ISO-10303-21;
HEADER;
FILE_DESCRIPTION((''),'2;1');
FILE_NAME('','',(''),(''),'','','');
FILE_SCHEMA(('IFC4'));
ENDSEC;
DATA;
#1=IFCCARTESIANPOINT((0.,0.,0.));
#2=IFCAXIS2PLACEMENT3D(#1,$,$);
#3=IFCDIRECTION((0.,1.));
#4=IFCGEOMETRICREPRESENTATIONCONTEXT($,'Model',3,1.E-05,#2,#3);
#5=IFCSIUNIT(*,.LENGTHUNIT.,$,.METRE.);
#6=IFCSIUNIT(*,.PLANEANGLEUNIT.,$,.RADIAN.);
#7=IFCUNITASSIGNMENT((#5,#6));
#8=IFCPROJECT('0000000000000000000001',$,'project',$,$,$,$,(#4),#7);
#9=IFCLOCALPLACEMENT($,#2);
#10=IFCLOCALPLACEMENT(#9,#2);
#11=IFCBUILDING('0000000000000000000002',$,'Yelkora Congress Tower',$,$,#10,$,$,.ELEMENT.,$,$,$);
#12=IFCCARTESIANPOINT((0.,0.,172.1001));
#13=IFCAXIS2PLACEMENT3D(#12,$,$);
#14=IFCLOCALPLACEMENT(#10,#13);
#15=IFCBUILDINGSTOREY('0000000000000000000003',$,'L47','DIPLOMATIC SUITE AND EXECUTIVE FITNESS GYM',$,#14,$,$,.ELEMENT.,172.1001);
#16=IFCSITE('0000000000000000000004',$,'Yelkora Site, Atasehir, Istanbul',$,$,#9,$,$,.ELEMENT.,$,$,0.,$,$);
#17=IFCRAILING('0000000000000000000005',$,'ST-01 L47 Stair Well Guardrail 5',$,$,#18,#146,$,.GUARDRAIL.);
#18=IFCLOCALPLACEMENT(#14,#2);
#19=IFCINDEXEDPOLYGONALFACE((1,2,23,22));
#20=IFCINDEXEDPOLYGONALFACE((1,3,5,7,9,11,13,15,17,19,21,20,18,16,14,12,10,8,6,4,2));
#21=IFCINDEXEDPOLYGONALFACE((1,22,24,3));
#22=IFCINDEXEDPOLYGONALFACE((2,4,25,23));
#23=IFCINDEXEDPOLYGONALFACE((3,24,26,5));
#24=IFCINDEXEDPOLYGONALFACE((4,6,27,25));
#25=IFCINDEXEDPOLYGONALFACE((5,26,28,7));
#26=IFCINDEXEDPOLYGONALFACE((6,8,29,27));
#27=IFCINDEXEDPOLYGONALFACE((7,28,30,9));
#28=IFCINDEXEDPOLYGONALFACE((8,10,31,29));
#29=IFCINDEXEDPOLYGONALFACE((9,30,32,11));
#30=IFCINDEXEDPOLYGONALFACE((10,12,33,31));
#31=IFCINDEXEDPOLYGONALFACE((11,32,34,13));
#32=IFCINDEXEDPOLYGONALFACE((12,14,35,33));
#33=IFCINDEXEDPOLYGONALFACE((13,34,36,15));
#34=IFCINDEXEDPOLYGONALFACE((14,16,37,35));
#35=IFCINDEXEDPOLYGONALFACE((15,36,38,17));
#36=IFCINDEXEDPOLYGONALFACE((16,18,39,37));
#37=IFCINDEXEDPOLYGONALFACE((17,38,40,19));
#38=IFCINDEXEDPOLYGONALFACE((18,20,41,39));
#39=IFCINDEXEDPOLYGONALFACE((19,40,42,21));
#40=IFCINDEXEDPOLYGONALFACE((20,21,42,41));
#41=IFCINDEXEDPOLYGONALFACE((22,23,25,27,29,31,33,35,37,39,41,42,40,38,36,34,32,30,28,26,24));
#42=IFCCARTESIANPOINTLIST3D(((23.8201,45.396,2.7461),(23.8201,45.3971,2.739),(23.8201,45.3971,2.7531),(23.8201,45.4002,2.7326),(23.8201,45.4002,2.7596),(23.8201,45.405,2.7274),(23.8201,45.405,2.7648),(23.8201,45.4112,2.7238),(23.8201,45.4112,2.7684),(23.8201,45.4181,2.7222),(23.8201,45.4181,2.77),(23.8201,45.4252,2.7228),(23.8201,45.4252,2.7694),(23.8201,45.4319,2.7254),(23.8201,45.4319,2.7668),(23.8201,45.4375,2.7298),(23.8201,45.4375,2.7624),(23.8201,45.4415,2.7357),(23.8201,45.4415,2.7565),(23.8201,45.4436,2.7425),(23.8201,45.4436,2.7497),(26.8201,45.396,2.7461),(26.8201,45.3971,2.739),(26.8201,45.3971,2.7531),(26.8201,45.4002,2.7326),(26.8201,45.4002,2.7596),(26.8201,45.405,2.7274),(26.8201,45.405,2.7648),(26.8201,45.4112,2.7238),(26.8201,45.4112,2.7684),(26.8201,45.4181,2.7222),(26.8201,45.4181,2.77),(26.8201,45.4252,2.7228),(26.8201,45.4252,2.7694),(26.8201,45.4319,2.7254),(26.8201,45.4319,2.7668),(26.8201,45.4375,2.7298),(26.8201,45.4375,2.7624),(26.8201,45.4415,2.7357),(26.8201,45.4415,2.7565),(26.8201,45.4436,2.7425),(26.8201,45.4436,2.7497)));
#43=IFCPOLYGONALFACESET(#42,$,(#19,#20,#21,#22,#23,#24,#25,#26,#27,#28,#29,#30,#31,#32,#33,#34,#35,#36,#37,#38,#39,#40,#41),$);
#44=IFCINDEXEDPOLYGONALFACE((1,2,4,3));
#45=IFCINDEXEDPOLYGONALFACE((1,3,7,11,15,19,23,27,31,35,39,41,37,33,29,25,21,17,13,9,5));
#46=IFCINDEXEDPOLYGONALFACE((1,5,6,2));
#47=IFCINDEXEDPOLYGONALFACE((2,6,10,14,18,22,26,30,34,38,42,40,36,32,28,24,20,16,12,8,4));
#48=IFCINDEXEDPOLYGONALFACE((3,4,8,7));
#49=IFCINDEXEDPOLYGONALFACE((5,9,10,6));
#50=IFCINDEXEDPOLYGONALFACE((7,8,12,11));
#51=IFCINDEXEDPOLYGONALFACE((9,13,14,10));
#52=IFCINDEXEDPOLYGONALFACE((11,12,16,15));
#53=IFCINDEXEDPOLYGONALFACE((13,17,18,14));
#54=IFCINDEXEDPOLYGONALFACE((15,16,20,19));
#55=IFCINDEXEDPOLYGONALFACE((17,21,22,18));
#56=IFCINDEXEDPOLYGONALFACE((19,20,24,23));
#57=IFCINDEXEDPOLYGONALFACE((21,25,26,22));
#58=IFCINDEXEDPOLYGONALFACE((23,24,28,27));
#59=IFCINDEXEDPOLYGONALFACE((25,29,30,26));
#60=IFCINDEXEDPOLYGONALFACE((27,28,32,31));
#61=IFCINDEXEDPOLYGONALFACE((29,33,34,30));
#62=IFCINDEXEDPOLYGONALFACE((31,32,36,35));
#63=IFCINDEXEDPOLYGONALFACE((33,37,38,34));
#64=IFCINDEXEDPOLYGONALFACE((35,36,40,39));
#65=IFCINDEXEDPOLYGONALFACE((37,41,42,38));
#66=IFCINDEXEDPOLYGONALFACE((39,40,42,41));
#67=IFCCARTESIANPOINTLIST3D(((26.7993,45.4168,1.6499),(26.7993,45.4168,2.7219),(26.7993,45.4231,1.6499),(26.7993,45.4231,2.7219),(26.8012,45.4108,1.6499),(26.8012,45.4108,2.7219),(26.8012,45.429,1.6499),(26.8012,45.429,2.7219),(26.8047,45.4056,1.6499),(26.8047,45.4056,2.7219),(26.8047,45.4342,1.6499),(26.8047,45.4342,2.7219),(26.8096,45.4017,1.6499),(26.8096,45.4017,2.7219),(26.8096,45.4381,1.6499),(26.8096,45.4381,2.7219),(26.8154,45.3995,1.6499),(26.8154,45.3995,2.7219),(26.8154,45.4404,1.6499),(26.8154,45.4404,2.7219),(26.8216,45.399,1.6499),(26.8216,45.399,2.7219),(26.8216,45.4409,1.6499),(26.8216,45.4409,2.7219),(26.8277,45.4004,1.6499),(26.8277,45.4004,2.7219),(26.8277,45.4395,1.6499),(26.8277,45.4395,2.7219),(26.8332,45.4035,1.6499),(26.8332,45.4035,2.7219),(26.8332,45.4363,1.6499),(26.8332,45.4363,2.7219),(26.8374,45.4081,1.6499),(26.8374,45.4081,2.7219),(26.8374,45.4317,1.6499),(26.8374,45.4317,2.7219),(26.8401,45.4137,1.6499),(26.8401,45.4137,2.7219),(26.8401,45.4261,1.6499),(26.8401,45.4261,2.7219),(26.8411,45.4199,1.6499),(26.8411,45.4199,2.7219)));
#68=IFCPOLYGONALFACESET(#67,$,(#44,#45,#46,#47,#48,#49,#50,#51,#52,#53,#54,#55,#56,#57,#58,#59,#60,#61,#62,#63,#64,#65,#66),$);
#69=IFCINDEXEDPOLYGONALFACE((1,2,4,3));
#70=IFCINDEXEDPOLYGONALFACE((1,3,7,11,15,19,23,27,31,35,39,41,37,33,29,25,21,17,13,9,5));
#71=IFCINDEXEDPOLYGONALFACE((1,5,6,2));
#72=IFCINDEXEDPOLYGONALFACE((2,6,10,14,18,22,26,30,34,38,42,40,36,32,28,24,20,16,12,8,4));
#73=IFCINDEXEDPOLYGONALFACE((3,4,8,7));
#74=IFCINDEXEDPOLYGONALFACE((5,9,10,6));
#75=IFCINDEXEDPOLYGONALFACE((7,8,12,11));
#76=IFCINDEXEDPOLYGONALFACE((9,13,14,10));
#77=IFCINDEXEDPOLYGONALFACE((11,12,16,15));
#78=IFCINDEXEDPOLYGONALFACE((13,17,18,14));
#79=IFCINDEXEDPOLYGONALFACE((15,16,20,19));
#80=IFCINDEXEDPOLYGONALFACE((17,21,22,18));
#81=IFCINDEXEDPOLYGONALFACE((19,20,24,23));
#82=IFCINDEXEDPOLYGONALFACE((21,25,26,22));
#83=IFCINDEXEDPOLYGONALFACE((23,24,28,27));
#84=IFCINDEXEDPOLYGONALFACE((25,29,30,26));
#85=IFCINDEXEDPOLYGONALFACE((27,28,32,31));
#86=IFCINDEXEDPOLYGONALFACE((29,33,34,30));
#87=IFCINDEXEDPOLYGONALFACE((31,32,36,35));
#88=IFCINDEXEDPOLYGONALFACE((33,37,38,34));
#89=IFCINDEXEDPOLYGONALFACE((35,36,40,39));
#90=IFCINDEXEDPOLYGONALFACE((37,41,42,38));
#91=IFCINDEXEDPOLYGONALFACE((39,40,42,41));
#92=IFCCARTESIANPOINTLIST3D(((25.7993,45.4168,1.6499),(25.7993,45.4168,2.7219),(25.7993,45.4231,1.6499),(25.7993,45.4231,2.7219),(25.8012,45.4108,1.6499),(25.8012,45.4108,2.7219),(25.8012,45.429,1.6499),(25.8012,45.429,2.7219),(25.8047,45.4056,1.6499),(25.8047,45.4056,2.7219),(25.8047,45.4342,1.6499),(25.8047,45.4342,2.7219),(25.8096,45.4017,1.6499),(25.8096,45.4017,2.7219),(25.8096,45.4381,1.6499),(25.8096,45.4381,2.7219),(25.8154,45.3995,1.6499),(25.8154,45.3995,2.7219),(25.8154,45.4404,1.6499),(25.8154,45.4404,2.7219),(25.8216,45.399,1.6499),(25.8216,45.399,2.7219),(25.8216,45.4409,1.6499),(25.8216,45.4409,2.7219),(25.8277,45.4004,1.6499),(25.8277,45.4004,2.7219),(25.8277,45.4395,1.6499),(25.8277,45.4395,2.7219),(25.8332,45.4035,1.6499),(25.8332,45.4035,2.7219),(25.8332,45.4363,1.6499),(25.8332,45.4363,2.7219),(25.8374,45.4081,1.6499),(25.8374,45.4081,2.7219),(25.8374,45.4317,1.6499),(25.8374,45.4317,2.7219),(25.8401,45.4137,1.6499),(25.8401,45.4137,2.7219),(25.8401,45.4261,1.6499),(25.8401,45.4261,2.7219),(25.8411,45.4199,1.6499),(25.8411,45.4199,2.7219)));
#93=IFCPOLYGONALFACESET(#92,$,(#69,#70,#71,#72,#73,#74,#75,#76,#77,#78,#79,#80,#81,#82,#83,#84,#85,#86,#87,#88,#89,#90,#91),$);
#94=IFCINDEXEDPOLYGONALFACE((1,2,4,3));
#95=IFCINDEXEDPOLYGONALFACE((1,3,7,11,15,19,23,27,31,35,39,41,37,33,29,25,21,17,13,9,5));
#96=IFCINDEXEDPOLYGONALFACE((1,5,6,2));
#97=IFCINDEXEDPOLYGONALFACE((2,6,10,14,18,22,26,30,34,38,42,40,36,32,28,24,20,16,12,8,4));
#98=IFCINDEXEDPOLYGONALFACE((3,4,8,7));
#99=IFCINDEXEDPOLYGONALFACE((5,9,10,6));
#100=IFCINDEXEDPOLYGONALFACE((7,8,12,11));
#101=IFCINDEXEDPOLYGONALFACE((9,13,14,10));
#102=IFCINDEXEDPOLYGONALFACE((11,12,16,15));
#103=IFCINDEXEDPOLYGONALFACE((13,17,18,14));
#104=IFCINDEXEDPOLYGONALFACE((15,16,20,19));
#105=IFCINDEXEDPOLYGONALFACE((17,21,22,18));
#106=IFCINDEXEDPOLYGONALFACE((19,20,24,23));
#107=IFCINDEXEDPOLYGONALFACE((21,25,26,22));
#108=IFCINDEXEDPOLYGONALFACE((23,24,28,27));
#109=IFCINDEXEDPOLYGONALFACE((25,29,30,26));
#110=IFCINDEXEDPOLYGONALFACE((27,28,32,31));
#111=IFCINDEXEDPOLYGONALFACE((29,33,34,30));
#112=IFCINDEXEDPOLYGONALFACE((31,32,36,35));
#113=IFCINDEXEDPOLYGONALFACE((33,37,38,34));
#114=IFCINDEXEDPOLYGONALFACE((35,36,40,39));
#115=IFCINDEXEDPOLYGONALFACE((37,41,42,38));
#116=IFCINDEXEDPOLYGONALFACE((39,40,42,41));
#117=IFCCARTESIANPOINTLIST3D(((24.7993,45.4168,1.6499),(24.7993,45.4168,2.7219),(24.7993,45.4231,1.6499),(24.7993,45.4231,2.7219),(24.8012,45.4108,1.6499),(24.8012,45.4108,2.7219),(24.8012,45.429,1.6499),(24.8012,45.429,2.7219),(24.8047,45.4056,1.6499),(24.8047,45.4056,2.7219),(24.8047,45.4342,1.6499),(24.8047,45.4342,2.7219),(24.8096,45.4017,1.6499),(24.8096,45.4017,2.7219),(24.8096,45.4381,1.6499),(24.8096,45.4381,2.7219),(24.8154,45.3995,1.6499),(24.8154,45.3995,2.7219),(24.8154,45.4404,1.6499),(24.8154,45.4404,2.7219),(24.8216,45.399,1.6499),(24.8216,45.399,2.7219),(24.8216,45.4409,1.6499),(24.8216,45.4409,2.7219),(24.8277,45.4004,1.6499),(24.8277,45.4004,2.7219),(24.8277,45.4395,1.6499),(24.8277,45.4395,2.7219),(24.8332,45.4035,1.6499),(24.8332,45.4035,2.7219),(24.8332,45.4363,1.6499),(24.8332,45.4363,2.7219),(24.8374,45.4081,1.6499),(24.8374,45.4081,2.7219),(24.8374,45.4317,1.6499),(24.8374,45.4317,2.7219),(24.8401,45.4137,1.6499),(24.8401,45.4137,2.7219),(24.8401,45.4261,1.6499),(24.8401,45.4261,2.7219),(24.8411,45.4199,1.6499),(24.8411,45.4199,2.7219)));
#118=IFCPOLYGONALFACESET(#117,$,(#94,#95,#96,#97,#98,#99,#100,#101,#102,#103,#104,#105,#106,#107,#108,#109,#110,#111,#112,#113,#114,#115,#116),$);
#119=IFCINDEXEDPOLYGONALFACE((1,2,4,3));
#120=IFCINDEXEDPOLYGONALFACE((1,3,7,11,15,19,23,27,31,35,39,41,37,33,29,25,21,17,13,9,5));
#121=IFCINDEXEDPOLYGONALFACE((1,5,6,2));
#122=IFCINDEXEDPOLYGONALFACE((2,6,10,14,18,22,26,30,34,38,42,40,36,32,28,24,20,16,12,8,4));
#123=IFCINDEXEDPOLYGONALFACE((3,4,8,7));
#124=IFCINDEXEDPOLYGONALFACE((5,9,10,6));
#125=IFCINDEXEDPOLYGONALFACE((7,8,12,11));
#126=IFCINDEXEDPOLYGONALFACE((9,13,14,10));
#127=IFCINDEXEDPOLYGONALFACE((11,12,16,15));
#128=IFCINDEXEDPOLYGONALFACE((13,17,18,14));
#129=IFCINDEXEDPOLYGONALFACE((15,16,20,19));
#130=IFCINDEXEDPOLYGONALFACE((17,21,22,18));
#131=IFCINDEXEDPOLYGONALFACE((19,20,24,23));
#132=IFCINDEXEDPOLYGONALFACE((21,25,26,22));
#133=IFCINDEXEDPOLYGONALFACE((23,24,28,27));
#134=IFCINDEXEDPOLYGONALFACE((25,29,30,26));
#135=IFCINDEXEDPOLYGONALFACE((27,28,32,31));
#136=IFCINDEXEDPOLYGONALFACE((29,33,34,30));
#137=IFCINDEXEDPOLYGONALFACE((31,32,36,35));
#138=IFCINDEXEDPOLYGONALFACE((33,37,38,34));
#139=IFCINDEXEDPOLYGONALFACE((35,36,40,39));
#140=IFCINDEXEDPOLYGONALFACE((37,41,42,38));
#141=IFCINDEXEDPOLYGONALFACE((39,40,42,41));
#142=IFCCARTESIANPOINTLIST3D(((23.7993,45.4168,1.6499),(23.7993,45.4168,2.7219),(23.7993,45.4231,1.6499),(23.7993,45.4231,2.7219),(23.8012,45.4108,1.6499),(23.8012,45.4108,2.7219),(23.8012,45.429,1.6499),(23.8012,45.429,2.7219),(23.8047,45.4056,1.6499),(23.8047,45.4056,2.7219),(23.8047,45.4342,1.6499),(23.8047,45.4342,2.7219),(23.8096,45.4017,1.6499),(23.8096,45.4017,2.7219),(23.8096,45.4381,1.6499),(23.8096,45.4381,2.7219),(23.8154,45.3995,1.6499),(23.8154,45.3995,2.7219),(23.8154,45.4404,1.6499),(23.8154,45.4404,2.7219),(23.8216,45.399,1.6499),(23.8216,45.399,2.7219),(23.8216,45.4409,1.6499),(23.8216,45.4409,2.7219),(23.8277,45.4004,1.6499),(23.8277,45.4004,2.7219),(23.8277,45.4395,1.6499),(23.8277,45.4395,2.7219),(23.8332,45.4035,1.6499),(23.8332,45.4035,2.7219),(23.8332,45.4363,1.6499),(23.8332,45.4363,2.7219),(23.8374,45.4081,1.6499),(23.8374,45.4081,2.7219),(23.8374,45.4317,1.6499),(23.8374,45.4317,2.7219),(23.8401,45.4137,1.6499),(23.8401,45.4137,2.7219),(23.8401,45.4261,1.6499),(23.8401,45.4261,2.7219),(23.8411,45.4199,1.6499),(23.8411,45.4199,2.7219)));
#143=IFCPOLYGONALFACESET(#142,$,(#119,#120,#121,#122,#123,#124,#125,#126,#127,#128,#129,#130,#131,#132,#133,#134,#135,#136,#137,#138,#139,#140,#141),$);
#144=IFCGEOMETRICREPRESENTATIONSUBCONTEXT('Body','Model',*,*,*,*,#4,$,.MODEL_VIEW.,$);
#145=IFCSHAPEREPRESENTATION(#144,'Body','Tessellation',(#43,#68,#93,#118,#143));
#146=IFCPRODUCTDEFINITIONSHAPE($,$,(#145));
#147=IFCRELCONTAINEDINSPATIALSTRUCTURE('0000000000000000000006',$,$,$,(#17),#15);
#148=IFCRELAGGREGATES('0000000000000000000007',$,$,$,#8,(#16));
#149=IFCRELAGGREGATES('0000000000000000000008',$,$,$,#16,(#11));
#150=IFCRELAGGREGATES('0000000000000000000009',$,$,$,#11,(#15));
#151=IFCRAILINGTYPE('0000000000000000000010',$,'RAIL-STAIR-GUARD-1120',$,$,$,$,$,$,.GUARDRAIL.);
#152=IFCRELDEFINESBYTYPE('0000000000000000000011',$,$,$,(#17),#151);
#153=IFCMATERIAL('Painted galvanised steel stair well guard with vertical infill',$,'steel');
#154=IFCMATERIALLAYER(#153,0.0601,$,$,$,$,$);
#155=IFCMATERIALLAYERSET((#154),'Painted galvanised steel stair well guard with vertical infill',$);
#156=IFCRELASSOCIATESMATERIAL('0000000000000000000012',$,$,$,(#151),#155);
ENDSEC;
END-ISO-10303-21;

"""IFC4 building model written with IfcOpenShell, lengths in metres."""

from ifc_helpers import new_model, si_unit, direction, frame, origin, origin_2d, place, context, subcontext, project, spatial, circle, extrude, material, layer, layer_set, type_object, element, save


model = new_model("IFC4")

# Units and contexts
model_context = context("Model", 3, precision=1e-05, world=origin(), true_north=direction((0.0, 1.0)))
body_context = subcontext(model_context, "Body", "Model", "MODEL_VIEW")
ifc_project = project(units=[si_unit("LENGTHUNIT", "METRE"), si_unit("PLANEANGLEUNIT", "RADIAN")], contexts=[model_context])

# Site, building, storey
site_placement = place(None, origin())
site = spatial("IfcSite", under=ifc_project, at=site_placement, Name="Yelkora Site, Atasehir, Istanbul", CompositionType="ELEMENT", RefElevation=0.0)
building_placement = place(site_placement, origin())
building = spatial("IfcBuilding", under=site, at=building_placement, Name="Yelkora Congress Tower", CompositionType="ELEMENT")
storey_placement = place(building_placement, frame((0.0, 0.0, 172.1001)))
storey = spatial("IfcBuildingStorey", under=building, at=storey_placement, Name="L47", Description="DIPLOMATIC SUITE AND EXECUTIVE FITNESS GYM", CompositionType="ELEMENT", Elevation=172.1001)

# Railing
ifc_material_1 = material(Name="Painted galvanised steel stair well guard with vertical infill", Category="steel")
ifc_layer_1 = layer(ifc_material_1, 0.0601)
ifc_layer_set_1 = layer_set([ifc_layer_1], Name="Painted galvanised steel stair well guard with vertical infill")
railing_type = type_object("IfcRailingType", Name="RAIL-STAIR-GUARD-1120", PredefinedType="GUARDRAIL", material=ifc_layer_set_1)
railing_1_placement = place(storey_placement, frame((26.8201, 45.4199, 1.6499)))
element("IfcRailing", 1, at=railing_1_placement, inside=storey, type_object=railing_type, Name="ST-01 L47 Stair Well Guardrail 5", PredefinedType="GUARDRAIL", context=body_context, shape_type="SweptSolid", body=[
    extrude(circle(Radius=0.0239, at=origin_2d()), frame((0.0, 0.0, 1.0962), z_axis=(-1.0, 0.0, 0.0), x_axis=(0.0, -1.0, 0.0)), (0.0, 0.0, 1.0), 3.0),
    extrude(circle(Radius=0.021, at=origin_2d()), origin(), (0.0, 0.0, 1.0), 1.072),
    extrude(circle(Radius=0.021, at=origin_2d()), frame((-1.0, 0.0, 0.0)), (0.0, 0.0, 1.0), 1.072),
    extrude(circle(Radius=0.021, at=origin_2d()), frame((-2.0, 0.0, 0.0)), (0.0, 0.0, 1.0), 1.072),
    extrude(circle(Radius=0.021, at=origin_2d()), frame((-3.0, 0.0, 0.0)), (0.0, 0.0, 1.0), 1.072),
])

save(model, "model.ifc")
